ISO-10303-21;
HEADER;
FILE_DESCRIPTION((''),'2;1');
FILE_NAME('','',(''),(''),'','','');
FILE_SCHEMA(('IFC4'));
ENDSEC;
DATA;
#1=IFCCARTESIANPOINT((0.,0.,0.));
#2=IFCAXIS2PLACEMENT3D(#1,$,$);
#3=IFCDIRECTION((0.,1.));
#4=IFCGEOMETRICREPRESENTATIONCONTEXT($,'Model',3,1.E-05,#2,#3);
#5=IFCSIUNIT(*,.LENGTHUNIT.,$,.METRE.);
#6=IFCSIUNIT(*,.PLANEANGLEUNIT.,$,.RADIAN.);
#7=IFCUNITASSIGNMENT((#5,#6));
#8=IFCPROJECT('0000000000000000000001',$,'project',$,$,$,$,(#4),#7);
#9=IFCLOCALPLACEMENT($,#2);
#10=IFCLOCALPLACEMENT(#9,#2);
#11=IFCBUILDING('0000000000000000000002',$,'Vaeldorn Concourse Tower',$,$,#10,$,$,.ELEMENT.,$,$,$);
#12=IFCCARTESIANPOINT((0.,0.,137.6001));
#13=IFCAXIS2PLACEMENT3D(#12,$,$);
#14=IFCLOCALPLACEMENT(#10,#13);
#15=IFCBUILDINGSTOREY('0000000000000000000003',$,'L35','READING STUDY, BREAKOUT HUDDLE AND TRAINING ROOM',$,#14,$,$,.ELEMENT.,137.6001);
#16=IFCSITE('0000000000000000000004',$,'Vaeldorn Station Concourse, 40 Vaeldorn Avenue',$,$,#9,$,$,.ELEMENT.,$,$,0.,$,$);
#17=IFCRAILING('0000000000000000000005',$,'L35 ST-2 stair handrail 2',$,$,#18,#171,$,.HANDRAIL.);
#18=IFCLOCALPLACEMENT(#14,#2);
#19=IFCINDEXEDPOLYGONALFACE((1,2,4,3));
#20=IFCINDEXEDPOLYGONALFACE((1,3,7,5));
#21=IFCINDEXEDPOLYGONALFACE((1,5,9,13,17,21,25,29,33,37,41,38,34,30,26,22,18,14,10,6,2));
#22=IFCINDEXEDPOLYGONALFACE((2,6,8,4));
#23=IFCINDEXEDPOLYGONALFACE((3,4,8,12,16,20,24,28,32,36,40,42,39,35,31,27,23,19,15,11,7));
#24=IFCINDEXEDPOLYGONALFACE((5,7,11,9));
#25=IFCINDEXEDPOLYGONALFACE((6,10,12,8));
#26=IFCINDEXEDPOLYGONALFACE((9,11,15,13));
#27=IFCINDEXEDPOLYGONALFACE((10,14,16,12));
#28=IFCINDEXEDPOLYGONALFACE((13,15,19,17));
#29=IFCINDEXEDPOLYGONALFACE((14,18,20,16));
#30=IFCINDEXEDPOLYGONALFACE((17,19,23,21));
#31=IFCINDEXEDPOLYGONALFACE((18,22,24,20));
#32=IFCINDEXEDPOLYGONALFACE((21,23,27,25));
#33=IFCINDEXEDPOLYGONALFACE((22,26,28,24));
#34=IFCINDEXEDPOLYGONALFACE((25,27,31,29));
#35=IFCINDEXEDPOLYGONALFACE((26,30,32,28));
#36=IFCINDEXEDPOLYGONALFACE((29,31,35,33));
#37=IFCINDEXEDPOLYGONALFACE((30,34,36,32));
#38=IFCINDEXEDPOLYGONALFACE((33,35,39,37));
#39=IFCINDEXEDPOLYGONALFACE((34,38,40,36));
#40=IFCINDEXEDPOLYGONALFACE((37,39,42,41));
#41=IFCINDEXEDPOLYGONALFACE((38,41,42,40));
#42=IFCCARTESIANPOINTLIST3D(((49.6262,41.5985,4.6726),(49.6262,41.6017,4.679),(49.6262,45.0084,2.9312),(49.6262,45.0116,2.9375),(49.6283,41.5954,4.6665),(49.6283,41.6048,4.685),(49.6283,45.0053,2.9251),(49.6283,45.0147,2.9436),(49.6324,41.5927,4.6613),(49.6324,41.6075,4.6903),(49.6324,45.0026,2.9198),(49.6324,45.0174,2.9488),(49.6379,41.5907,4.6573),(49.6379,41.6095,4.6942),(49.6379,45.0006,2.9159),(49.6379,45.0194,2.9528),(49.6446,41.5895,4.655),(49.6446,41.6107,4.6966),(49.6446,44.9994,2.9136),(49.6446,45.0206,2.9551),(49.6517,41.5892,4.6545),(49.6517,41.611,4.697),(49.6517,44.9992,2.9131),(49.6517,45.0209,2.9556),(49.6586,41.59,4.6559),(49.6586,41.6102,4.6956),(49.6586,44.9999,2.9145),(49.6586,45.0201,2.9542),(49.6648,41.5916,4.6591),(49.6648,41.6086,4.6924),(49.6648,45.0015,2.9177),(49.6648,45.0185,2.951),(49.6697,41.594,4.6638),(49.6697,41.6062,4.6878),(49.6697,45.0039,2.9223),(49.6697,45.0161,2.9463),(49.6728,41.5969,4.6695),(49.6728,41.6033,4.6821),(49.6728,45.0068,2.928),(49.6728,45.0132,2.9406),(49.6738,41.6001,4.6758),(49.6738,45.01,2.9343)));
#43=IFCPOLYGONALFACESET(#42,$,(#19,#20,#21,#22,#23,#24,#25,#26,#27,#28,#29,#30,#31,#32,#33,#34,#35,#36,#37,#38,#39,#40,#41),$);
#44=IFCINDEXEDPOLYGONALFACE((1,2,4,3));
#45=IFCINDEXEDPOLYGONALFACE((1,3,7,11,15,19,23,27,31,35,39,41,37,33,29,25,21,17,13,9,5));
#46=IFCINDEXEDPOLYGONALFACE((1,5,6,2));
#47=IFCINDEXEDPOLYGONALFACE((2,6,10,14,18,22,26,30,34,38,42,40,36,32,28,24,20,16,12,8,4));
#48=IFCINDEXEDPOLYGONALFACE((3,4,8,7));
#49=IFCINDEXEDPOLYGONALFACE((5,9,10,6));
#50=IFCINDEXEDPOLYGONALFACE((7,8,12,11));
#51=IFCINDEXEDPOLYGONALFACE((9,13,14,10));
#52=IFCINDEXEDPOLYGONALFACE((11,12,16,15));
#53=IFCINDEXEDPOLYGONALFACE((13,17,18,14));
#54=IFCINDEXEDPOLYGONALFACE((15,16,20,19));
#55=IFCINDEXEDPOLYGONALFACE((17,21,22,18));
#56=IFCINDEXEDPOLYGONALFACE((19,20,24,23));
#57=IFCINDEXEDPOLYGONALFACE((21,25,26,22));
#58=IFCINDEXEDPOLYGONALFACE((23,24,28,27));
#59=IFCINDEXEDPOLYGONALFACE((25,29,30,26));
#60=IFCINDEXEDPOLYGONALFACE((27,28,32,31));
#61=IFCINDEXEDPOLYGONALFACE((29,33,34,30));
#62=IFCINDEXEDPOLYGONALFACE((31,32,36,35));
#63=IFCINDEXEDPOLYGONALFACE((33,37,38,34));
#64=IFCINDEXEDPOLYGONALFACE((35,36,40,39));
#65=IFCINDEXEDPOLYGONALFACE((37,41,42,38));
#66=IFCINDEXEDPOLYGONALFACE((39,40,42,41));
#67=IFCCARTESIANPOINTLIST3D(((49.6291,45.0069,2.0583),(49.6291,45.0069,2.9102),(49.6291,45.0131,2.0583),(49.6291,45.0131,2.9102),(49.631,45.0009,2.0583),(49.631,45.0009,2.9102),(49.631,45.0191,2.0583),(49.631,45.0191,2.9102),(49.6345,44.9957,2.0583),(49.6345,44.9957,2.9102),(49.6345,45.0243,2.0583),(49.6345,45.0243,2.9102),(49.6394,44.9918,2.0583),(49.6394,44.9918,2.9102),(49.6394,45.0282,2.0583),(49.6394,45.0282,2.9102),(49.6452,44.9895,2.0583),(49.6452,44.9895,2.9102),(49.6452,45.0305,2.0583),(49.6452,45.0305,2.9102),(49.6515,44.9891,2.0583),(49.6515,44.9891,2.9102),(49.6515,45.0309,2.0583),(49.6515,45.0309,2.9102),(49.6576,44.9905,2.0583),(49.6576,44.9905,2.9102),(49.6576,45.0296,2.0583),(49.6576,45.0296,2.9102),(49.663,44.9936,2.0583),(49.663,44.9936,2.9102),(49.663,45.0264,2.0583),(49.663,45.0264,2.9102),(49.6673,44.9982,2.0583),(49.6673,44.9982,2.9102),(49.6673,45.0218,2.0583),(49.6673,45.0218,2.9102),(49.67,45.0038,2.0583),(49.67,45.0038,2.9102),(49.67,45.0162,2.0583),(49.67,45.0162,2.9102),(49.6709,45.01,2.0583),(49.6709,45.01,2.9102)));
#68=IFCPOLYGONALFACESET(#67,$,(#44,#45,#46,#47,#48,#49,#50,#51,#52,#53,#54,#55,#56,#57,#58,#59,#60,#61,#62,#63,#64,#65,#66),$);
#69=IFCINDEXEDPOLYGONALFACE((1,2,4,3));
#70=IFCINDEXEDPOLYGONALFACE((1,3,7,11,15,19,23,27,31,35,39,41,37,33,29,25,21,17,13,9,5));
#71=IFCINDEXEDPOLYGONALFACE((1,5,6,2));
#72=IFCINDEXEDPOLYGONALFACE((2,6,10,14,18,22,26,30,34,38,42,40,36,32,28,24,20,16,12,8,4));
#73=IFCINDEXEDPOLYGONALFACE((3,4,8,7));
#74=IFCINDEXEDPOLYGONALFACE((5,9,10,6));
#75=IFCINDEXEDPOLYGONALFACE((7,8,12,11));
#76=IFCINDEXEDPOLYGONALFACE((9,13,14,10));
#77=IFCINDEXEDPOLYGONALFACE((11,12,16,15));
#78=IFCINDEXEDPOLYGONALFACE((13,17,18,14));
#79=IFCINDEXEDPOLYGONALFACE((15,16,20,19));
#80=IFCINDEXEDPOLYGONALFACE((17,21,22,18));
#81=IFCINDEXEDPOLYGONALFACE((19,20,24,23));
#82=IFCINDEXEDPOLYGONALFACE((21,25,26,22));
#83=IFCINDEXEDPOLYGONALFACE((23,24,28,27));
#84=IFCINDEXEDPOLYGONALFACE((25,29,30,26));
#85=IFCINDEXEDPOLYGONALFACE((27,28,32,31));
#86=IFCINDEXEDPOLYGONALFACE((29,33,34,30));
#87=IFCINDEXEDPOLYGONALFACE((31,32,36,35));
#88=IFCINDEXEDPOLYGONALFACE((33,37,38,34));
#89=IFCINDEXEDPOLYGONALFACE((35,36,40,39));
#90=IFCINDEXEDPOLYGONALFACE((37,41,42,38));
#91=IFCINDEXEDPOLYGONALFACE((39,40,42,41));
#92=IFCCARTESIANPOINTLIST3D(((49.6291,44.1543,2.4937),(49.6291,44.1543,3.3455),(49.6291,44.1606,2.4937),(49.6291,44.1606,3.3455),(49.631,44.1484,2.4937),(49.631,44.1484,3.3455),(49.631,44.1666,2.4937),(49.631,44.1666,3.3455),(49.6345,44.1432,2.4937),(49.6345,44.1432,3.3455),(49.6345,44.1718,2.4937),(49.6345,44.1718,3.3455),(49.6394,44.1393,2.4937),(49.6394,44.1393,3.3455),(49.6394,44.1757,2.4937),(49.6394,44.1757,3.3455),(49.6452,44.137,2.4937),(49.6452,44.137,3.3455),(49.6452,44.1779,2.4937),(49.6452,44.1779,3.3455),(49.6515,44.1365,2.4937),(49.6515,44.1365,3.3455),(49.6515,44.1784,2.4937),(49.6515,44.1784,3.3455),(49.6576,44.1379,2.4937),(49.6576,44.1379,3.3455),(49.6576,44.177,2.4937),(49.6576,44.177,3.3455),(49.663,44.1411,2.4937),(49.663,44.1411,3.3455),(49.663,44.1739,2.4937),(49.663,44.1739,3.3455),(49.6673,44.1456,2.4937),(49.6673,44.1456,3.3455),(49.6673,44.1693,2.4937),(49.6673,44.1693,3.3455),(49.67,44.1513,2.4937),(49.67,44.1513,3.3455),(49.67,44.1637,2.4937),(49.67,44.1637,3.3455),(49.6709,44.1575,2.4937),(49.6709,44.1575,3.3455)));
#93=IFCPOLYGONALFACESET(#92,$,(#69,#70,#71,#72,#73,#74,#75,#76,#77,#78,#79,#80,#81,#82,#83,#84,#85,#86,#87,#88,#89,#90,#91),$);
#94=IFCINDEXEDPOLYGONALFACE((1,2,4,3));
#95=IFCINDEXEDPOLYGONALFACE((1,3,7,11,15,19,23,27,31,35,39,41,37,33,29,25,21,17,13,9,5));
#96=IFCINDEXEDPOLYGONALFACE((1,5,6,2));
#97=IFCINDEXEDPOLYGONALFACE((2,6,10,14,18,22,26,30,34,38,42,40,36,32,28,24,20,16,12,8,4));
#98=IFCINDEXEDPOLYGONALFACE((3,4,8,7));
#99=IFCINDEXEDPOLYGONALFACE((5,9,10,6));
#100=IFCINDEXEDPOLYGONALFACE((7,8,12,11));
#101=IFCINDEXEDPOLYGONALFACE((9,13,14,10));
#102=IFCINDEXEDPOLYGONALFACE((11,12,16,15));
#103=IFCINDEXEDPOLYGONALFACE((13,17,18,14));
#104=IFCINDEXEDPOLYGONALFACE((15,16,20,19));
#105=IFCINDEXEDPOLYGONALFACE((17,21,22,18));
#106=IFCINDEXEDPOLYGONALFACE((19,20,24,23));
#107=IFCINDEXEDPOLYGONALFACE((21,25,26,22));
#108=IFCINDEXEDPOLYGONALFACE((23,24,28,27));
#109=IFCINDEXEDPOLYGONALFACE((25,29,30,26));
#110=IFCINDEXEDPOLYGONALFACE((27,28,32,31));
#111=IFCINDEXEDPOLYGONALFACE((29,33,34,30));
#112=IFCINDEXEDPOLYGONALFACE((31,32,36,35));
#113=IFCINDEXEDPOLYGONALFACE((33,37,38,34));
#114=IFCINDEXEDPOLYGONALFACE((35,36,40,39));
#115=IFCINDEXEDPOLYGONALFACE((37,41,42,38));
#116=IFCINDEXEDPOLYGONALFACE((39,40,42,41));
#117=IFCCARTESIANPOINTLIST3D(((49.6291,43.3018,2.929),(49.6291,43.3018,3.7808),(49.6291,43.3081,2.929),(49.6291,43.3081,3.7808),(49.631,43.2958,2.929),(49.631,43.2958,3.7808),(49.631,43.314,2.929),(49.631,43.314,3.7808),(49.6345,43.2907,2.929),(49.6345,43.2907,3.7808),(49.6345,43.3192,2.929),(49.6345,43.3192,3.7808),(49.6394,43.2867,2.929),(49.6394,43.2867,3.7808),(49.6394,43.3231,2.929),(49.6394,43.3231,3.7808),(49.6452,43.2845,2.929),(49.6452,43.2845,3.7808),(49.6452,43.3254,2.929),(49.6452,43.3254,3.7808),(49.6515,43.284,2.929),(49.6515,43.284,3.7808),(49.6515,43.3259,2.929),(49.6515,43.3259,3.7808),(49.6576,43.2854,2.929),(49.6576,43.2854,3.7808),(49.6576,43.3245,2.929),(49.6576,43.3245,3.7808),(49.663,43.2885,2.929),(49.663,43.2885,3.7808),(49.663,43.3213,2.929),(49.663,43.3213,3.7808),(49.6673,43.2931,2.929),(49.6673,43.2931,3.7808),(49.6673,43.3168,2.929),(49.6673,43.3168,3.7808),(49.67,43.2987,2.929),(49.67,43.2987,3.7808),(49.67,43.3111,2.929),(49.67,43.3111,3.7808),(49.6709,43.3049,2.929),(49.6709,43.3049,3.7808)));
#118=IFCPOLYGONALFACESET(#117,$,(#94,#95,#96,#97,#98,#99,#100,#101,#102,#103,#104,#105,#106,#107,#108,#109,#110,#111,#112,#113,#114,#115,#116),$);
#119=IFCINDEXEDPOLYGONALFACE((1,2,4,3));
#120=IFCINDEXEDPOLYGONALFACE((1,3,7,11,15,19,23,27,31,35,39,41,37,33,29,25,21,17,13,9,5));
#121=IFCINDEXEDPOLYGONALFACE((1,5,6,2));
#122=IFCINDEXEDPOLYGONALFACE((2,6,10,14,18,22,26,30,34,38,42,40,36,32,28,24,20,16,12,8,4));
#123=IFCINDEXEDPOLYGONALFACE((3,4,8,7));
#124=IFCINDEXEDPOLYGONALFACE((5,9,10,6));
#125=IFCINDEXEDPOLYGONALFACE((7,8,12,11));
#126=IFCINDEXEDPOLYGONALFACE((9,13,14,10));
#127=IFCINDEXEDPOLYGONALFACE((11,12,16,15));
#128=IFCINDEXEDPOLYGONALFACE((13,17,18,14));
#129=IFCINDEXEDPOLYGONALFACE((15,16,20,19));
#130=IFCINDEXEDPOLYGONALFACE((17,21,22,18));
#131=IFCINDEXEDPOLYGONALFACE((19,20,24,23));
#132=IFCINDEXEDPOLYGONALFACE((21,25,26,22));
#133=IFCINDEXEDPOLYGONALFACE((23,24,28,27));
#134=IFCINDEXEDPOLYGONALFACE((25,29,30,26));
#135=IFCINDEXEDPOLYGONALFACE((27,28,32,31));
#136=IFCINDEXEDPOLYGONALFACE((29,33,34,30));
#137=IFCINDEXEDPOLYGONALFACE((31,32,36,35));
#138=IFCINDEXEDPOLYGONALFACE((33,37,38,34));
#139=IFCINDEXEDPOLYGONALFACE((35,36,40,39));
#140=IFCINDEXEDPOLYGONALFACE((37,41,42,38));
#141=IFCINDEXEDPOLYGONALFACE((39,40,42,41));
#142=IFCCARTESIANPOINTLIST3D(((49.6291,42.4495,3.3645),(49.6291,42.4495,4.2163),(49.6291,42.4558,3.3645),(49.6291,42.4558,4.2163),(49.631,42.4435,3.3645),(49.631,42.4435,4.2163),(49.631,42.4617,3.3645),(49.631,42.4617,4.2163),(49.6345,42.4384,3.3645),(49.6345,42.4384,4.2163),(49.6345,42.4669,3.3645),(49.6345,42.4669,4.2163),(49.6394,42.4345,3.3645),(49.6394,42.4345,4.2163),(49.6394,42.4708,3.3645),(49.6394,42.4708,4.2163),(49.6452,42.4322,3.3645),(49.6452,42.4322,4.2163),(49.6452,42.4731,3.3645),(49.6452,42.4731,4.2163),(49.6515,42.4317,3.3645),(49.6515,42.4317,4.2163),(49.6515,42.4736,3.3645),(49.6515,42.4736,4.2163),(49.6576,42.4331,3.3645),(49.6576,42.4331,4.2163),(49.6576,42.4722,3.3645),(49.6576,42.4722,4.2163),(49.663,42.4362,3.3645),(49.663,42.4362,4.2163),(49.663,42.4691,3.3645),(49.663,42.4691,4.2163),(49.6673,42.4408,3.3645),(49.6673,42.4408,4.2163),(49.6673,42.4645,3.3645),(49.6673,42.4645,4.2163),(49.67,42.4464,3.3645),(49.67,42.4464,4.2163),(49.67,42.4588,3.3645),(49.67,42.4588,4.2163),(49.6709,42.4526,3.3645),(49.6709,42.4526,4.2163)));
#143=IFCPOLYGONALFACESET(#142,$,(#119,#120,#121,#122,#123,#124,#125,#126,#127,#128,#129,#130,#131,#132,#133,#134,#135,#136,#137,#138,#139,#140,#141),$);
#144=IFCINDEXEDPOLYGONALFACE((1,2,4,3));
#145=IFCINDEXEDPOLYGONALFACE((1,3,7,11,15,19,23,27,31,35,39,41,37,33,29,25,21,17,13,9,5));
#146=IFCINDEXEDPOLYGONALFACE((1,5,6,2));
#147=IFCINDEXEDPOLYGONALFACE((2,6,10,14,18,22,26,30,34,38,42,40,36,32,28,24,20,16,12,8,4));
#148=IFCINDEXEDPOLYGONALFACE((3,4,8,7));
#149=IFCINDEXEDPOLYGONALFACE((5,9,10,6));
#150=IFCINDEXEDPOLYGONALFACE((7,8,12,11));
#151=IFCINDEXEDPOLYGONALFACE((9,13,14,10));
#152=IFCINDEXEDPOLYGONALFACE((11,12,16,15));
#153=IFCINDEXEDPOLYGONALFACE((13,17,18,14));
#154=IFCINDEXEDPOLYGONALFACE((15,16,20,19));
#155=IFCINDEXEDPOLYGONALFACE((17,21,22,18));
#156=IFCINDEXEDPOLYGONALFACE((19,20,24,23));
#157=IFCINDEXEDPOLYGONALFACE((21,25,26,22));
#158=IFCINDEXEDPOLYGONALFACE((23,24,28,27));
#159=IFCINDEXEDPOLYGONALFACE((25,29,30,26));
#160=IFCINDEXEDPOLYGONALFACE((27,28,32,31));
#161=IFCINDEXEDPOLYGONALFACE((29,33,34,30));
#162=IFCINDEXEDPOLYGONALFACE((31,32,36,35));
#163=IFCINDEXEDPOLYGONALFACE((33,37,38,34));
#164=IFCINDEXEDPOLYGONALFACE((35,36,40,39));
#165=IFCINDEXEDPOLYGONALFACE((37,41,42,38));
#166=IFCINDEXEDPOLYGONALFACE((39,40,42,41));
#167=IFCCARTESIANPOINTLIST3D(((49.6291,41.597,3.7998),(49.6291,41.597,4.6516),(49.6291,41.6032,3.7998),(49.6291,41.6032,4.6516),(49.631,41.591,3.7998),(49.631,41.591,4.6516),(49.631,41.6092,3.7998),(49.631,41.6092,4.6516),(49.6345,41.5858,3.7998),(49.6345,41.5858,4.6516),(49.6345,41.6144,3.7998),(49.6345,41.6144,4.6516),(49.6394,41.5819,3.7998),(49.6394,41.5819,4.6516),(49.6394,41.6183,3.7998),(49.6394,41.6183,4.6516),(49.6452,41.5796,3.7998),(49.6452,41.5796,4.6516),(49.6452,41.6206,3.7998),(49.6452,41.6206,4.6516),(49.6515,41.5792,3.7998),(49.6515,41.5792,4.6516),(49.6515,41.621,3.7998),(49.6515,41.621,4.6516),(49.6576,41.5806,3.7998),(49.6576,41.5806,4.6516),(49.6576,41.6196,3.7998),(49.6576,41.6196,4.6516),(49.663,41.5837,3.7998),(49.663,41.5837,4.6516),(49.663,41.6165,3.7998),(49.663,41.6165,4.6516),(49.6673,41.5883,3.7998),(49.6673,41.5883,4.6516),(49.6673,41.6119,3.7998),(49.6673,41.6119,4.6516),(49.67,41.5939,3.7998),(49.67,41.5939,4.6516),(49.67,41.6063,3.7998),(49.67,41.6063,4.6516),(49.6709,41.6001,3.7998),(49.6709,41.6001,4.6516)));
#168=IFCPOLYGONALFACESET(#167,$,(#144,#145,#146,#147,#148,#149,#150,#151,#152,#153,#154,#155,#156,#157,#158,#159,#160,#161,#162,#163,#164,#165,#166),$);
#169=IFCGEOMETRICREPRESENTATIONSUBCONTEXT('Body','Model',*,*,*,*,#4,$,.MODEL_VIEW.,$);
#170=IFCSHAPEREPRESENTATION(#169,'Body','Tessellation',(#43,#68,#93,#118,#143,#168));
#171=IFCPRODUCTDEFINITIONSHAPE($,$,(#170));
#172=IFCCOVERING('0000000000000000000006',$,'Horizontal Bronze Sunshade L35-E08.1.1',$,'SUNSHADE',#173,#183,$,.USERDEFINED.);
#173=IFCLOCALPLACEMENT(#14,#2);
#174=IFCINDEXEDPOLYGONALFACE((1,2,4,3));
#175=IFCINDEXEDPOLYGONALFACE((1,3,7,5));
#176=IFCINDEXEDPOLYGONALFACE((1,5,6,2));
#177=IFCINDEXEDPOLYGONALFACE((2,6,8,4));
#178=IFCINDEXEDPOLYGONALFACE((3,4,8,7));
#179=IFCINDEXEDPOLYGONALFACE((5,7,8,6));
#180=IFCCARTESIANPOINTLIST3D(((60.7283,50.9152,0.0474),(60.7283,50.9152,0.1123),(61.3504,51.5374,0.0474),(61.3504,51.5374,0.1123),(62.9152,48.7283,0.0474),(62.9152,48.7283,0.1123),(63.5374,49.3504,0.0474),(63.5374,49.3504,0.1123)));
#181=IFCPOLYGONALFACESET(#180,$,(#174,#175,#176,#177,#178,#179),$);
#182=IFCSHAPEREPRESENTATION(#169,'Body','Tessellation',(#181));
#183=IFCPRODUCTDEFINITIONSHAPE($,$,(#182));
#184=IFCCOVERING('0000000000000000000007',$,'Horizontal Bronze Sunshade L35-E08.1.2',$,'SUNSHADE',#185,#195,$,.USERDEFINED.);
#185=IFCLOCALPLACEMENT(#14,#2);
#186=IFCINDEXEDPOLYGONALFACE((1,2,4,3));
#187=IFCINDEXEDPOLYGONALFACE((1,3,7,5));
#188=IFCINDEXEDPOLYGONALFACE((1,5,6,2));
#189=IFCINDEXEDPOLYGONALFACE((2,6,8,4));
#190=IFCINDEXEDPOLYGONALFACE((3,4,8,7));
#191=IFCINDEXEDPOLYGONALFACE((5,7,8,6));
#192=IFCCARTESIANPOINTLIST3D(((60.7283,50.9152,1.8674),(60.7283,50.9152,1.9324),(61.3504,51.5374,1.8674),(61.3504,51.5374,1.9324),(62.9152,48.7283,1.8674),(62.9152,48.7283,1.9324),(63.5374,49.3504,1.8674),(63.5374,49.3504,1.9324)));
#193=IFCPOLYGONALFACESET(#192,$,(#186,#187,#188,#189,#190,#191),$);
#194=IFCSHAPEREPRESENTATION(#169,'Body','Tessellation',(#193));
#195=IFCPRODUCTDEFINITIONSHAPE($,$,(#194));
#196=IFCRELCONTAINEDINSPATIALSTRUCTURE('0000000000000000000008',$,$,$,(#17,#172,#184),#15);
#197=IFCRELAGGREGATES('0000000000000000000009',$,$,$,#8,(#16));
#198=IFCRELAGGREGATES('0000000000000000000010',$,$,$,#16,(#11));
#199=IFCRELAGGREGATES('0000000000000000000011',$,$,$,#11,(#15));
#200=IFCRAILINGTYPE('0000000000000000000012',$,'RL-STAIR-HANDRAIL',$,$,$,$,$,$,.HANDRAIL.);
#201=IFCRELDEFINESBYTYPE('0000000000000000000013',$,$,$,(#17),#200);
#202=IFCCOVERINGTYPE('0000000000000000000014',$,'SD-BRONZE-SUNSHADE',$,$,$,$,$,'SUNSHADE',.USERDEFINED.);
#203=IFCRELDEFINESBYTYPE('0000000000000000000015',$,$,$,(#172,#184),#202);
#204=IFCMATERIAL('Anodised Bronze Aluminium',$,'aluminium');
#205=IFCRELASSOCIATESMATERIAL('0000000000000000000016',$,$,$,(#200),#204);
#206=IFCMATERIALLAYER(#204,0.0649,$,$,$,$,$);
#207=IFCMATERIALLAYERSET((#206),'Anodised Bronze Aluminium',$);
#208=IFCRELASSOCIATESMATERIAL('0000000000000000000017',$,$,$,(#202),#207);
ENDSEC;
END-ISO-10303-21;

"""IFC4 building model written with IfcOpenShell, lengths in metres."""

from ifc_helpers import new_model, si_unit, direction, frame, origin, origin_2d, place, context, subcontext, project, spatial, rectangle, circle, extrude, source, transform, mapped, material, layer, layer_set, type_object, element, save


model = new_model("IFC4")

# Units and contexts
model_context = context("Model", 3, precision=1e-05, world=origin(), true_north=direction((0.0, 1.0)))
body_context = subcontext(model_context, "Body", "Model", "MODEL_VIEW")
ifc_project = project(units=[si_unit("LENGTHUNIT", "METRE"), si_unit("PLANEANGLEUNIT", "RADIAN")], contexts=[model_context])

# Site, building, storey
site_placement = place(None, origin())
site = spatial("IfcSite", under=ifc_project, at=site_placement, Name="Vaeldorn Station Concourse, 40 Vaeldorn Avenue", CompositionType="ELEMENT", RefElevation=0.0)
building_placement = place(site_placement, origin())
building = spatial("IfcBuilding", under=site, at=building_placement, Name="Vaeldorn Concourse Tower", CompositionType="ELEMENT")
storey_placement = place(building_placement, frame((0.0, 0.0, 137.6001)))
storey = spatial("IfcBuildingStorey", under=building, at=storey_placement, Name="L35", Description="READING STUDY, BREAKOUT HUDDLE AND TRAINING ROOM", CompositionType="ELEMENT", Elevation=137.6001)

# Shared definitions
ifc_material_1 = material(Name="Anodised Bronze Aluminium", Category="aluminium")

# Railing
railing_type_1 = type_object("IfcRailingType", Name="RL-STAIR-HANDRAIL", PredefinedType="HANDRAIL", material=ifc_material_1)
railing_1_placement = place(storey_placement, frame((49.6499, 45.01, 2.0583)))
element("IfcRailing", 1, at=railing_1_placement, inside=storey, type_object=railing_type_1, Name="L35 ST-2 stair handrail 2", PredefinedType="HANDRAIL", context=body_context, shape_type="SweptSolid", body=[
    extrude(circle(Radius=0.0239, at=origin_2d()), frame((0.0, 0.0, 0.876), z_axis=(0.0, -0.890582, 0.454823), x_axis=(1.0, 0.0, 0.0)), (0.0, 0.0, 1.0), 3.8289),
    extrude(circle(Radius=0.021, at=origin_2d()), origin(), (0.0, 0.0, 1.0), 0.8518),
    extrude(circle(Radius=0.021, at=origin_2d()), frame((0.0, -0.8525, 0.4353)), (0.0, 0.0, 1.0), 0.8518),
    extrude(circle(Radius=0.021, at=origin_2d()), frame((0.0, -1.7051, 0.8706)), (0.0, 0.0, 1.0), 0.8518),
    extrude(circle(Radius=0.021, at=origin_2d()), frame((0.0, -2.5574, 1.3062)), (0.0, 0.0, 1.0), 0.8518),
    extrude(circle(Radius=0.021, at=origin_2d()), frame((0.0, -3.4099, 1.7415)), (0.0, 0.0, 1.0), 0.8518),
])

# Coverings
ifc_layer_1 = layer(ifc_material_1, 0.0649)
ifc_layer_set_1 = layer_set([ifc_layer_1], Name="Anodised Bronze Aluminium")
covering_type = type_object("IfcCoveringType", Name="SD-BRONZE-SUNSHADE", ElementType="SUNSHADE", PredefinedType="USERDEFINED", material=ifc_layer_set_1)
shared_shape_1 = source(origin(), body_context, "Body", "SweptSolid", [
    extrude(rectangle(XDim=3.0928, YDim=0.8799, at=origin_2d()), origin(), (0.0, 0.0, 1.0), 0.0649),
])
for number, where, z_axis, x_axis, name in (
    (2, (62.1328, 50.1328, 0.0474), (0.0, 0.0, 1.0), (-0.707107, 0.707107, 0.0), "Horizontal Bronze Sunshade L35-E08.1.1"),
    (3, (62.1328, 50.1328, 1.8674), (0.0, 0.0, 1.0), (-0.707107, 0.707107, 0.0), "Horizontal Bronze Sunshade L35-E08.1.2"),
):
    element("IfcCovering", number, at=place(storey_placement, frame(where, z_axis=z_axis, x_axis=x_axis)), inside=storey, type_object=covering_type, Name=name, ObjectType="SUNSHADE", PredefinedType="USERDEFINED", context=body_context, shape_type="MappedRepresentation", body=[
        mapped(shared_shape_1, transform((0.0, 0.0, 0.0), scale=1.0)),
    ])

save(model, "model.ifc")
